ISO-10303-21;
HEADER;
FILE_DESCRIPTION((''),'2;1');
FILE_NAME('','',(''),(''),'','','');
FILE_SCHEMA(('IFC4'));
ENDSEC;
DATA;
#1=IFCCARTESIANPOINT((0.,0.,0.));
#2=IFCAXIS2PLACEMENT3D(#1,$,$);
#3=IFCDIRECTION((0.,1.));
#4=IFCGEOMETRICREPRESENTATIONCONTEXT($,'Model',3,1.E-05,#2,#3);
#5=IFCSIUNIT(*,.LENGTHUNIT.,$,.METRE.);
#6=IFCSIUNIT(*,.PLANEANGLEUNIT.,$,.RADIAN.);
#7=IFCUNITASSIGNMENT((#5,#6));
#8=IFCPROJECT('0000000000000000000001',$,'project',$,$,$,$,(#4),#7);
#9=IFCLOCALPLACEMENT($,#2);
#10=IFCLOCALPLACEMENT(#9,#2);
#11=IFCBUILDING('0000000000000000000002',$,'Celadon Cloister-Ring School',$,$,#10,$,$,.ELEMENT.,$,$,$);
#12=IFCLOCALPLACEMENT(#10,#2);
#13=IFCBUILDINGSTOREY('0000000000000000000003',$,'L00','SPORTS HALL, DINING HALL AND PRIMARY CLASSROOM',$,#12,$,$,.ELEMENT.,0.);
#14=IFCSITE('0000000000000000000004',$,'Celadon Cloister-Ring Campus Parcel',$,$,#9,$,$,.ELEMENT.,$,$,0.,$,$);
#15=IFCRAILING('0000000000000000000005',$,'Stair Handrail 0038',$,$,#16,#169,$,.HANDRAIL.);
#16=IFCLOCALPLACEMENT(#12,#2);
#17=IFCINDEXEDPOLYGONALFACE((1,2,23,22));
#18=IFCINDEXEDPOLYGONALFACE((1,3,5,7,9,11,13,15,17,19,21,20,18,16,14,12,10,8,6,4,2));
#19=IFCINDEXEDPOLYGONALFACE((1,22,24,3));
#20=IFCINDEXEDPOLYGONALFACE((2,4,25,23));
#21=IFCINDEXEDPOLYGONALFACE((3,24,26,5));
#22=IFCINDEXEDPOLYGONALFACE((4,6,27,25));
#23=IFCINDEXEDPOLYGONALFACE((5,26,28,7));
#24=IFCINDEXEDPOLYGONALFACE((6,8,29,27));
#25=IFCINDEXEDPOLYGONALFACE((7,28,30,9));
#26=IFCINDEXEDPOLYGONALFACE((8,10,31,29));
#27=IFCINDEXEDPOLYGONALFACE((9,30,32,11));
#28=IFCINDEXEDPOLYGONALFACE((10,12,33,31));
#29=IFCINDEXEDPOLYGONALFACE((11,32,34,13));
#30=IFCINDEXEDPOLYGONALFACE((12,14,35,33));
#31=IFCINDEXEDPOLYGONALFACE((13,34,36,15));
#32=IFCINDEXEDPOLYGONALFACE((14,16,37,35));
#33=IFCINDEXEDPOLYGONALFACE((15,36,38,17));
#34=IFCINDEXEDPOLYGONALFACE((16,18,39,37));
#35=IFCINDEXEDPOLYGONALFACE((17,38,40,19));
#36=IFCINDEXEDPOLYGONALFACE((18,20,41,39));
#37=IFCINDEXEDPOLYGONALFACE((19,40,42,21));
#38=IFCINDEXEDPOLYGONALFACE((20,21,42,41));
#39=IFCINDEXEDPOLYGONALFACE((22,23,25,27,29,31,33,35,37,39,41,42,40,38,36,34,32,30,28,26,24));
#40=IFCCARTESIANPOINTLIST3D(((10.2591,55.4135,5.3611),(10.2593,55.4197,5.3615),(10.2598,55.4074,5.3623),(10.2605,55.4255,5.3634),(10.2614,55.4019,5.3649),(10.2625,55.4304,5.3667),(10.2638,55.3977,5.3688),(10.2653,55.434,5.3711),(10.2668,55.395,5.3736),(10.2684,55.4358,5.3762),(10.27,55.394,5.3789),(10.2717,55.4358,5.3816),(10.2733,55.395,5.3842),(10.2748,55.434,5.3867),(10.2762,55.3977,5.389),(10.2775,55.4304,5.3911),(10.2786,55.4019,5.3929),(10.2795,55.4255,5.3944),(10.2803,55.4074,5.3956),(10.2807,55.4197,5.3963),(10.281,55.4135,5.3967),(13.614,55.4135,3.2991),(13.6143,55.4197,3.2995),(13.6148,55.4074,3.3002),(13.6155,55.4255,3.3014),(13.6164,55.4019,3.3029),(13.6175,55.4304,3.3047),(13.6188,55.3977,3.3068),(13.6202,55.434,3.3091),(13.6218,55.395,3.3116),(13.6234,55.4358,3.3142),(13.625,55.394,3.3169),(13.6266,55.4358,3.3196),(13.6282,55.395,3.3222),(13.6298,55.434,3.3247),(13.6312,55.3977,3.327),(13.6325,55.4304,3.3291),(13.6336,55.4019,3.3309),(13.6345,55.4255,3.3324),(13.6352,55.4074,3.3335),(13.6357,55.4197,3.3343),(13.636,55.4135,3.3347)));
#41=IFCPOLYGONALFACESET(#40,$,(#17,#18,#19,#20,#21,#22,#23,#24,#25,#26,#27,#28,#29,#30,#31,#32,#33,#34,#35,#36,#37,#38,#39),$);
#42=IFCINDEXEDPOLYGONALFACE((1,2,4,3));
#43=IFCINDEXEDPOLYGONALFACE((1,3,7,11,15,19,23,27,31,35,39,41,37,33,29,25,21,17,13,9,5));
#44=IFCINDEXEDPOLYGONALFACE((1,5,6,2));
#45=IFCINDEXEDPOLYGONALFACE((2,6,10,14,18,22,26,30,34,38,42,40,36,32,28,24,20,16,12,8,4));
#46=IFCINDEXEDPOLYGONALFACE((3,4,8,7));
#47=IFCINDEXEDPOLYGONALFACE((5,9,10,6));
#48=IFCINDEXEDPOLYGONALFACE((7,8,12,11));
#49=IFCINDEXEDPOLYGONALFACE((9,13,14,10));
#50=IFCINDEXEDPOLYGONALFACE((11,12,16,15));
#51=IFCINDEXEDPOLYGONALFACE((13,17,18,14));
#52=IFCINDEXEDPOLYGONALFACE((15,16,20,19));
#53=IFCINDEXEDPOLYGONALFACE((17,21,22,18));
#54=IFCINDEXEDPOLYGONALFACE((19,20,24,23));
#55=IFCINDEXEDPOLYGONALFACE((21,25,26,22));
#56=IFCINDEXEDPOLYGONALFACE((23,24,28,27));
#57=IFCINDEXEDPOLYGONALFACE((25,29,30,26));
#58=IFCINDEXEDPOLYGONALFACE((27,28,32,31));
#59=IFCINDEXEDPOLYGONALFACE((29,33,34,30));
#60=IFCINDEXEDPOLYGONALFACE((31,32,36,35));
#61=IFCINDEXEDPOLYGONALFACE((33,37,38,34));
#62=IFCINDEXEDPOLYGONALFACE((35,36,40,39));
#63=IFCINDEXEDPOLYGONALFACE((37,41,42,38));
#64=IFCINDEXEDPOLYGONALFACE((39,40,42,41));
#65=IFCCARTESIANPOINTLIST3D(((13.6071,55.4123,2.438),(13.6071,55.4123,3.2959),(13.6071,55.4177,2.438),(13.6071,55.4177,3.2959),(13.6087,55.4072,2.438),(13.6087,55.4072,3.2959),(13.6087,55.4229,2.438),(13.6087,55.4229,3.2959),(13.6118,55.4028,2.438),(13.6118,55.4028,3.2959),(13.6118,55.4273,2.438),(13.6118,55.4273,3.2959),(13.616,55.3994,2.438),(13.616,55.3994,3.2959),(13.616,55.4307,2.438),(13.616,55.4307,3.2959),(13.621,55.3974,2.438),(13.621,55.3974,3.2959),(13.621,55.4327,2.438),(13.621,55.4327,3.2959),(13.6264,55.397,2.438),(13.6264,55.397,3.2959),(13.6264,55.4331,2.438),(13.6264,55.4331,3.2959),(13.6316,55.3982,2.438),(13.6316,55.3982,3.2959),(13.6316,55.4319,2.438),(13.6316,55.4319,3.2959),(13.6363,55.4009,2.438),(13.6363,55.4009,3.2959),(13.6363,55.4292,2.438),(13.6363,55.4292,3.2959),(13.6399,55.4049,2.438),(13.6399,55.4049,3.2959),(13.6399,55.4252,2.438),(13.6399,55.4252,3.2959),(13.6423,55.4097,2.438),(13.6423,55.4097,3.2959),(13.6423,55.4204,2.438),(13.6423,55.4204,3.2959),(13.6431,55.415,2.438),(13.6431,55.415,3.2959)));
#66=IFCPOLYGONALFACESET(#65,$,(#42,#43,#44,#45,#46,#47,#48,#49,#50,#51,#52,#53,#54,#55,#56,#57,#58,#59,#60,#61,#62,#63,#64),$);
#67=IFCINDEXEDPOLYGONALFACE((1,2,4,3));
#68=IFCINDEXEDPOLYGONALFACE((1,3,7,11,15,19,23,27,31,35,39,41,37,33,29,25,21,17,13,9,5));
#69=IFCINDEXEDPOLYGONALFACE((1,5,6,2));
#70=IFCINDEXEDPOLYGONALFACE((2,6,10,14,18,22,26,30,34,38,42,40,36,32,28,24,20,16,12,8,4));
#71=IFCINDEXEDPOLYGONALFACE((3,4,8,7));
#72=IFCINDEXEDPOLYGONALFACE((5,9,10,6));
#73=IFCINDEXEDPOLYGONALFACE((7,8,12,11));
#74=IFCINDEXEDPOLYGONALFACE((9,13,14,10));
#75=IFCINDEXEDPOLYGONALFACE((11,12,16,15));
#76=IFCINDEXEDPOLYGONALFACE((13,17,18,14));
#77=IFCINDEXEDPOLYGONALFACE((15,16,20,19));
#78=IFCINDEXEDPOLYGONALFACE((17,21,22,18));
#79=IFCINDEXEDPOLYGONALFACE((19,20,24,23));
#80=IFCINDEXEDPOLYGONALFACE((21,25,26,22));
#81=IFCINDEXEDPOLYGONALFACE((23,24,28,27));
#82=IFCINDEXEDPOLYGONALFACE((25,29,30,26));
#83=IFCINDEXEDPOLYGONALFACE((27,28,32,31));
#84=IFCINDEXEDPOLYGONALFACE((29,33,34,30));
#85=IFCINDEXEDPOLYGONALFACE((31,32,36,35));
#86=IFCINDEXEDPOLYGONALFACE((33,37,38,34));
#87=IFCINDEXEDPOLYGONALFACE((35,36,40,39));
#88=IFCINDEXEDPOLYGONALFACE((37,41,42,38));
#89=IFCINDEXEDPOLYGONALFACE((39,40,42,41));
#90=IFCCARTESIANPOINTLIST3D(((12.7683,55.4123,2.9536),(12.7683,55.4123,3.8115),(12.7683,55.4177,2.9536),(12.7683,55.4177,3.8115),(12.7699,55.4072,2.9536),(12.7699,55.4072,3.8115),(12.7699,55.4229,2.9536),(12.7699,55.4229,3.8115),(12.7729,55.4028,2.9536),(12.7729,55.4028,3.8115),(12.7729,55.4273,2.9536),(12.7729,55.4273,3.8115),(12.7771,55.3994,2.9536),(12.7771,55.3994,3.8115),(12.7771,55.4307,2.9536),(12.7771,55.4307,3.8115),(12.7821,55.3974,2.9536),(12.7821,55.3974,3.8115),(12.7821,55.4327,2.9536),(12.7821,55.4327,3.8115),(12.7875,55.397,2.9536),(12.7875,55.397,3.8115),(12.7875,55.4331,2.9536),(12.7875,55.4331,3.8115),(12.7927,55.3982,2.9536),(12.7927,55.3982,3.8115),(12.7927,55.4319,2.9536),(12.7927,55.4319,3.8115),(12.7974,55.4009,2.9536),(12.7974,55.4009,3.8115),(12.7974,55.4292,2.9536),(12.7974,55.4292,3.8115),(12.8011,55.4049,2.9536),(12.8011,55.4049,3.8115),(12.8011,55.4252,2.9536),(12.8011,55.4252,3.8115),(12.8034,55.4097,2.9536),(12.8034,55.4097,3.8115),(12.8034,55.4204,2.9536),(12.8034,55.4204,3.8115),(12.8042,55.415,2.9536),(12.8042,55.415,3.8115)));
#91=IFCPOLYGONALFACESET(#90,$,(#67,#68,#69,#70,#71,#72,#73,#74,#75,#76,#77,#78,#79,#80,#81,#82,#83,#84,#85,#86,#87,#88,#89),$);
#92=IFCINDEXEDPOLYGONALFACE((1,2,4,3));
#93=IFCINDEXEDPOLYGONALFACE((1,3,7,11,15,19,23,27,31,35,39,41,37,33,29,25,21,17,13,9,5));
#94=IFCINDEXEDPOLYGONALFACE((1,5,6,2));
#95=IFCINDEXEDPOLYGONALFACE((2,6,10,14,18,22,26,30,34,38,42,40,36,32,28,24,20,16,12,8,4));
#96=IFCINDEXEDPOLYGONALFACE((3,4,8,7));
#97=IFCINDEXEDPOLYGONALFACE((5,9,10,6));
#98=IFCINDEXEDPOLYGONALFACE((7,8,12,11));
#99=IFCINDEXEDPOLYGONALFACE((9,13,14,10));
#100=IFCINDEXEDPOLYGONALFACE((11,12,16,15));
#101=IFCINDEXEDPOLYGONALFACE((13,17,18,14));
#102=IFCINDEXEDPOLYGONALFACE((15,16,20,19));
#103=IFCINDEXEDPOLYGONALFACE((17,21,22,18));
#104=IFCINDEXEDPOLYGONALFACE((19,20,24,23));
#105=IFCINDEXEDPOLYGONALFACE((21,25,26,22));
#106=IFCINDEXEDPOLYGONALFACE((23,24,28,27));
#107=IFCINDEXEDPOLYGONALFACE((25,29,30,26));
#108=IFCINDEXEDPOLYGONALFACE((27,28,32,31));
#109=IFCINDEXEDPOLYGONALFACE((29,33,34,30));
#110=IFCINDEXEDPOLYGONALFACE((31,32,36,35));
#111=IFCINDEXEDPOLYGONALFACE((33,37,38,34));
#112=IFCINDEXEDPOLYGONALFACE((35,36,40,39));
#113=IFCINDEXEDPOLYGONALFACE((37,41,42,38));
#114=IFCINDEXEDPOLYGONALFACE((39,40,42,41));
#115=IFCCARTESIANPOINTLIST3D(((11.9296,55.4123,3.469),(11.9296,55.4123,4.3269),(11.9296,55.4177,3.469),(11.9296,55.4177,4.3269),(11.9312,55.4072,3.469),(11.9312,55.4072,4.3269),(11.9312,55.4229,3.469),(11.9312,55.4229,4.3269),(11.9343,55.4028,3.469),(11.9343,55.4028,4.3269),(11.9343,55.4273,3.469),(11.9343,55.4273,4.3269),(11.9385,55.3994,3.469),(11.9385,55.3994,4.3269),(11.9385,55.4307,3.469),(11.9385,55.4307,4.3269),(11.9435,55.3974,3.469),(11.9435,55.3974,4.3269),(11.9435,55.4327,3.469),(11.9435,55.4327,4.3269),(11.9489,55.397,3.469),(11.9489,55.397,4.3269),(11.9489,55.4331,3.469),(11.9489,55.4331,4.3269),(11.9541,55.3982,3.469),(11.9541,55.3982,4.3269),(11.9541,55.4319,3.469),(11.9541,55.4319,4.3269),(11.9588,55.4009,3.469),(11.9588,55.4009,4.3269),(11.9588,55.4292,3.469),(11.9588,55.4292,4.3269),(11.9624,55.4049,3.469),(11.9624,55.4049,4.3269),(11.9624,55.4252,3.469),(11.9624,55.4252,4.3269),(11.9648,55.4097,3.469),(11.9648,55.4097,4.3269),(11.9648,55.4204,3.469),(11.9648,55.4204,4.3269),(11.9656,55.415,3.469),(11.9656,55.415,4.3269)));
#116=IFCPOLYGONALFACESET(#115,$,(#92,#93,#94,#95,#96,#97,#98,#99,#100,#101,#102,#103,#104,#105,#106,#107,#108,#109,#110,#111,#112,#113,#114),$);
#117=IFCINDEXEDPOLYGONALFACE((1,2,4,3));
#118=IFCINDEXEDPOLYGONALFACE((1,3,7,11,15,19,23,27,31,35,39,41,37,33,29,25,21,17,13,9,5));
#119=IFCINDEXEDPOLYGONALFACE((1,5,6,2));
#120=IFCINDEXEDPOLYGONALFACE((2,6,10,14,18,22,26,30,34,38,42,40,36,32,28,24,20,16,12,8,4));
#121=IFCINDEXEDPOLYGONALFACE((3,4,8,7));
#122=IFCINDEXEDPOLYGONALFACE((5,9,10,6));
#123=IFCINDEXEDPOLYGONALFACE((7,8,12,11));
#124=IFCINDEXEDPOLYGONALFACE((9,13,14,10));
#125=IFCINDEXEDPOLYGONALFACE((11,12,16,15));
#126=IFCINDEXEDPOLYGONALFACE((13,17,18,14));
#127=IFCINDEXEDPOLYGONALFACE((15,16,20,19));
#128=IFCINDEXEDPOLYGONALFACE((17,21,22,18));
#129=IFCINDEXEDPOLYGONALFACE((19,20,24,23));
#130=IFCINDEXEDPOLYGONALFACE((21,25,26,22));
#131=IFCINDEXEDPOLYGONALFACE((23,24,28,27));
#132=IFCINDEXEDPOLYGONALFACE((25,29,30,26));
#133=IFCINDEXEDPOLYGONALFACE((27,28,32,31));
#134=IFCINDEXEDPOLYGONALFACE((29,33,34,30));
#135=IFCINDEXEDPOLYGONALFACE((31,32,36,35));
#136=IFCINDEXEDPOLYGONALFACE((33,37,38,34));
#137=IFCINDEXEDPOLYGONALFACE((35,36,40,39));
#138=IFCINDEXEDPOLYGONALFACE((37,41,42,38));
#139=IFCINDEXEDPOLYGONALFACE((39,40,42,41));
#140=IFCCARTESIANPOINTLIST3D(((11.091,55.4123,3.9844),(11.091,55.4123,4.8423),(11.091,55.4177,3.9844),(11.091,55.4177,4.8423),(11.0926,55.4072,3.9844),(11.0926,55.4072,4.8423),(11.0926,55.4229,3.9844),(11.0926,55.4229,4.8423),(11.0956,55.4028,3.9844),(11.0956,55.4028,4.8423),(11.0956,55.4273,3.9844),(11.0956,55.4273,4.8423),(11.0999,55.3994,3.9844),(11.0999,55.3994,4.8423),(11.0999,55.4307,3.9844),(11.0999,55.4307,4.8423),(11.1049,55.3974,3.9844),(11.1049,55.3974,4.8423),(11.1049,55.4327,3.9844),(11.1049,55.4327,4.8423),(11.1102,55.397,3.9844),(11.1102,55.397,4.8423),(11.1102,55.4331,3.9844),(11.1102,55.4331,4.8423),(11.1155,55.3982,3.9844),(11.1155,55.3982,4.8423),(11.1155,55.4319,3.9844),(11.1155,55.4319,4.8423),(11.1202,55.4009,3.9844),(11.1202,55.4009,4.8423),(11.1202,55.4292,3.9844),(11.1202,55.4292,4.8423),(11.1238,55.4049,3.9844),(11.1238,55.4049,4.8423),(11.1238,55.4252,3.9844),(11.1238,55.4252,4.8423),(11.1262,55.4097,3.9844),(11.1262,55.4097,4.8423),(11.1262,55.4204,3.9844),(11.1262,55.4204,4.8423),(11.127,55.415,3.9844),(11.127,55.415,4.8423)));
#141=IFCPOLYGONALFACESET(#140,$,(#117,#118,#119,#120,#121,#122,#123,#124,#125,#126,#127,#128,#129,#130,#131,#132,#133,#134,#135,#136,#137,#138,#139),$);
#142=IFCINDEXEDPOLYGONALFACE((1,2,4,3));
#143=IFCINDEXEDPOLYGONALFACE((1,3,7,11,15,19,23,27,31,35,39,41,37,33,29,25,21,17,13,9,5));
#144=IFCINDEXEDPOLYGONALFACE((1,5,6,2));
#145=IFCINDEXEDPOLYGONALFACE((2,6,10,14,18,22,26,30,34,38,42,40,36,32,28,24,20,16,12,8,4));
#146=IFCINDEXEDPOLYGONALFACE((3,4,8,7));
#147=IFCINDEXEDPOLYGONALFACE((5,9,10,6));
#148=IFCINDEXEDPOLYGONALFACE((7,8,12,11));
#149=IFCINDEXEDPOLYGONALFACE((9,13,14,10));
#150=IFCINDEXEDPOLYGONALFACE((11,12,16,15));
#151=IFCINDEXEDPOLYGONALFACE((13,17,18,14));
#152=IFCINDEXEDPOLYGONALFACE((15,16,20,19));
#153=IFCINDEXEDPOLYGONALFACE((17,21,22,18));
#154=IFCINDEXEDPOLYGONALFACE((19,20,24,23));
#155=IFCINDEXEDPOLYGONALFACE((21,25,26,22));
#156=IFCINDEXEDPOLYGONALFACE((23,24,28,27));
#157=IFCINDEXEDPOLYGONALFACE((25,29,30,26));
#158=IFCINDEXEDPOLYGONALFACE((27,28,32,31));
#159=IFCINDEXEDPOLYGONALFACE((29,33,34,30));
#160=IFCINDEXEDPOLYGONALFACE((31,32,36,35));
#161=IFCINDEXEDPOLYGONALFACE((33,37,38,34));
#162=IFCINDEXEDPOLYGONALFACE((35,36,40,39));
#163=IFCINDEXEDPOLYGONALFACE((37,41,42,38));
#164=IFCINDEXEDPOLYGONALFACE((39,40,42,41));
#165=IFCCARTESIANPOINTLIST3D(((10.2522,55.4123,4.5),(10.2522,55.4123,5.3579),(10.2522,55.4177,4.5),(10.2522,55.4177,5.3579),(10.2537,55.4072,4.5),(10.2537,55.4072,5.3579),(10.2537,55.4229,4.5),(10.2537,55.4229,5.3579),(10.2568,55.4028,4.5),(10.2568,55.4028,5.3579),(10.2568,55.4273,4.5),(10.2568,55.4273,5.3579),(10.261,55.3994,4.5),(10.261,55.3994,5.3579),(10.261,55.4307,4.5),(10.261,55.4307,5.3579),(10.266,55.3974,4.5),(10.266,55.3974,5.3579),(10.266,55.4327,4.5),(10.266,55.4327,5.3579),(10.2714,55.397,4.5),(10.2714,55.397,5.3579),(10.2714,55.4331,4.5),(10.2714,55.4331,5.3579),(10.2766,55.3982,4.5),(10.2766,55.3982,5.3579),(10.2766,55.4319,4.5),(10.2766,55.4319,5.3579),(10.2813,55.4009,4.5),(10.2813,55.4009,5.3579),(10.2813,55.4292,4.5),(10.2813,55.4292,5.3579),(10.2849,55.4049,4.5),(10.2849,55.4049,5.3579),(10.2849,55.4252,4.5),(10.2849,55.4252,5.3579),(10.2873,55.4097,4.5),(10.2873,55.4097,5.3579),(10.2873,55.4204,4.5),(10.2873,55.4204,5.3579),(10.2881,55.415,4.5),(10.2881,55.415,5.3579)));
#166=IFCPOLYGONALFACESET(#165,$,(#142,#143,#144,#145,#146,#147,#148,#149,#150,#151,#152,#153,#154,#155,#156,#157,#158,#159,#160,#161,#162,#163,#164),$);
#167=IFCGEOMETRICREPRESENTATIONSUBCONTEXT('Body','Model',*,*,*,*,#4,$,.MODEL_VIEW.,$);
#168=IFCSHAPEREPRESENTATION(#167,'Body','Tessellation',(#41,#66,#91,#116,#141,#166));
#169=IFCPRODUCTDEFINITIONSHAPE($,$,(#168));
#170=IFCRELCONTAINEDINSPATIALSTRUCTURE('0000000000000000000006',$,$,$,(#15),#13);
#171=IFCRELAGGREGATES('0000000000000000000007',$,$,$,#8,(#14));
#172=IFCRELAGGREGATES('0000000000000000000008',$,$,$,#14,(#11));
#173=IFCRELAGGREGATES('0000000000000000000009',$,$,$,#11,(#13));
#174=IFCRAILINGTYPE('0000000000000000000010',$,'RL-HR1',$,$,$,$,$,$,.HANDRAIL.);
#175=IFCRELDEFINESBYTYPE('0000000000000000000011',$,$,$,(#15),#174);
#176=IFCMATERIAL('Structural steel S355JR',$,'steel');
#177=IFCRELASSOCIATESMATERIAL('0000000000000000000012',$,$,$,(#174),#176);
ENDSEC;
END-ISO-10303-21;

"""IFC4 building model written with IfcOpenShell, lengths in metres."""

from ifc_helpers import new_model, si_unit, direction, frame, origin, origin_2d, place, context, subcontext, project, spatial, circle, extrude, material, type_object, element, save


model = new_model("IFC4")

# Units and contexts
model_context = context("Model", 3, precision=1e-05, world=origin(), true_north=direction((0.0, 1.0)))
body_context = subcontext(model_context, "Body", "Model", "MODEL_VIEW")
ifc_project = project(units=[si_unit("LENGTHUNIT", "METRE"), si_unit("PLANEANGLEUNIT", "RADIAN")], contexts=[model_context])

# Site, building, storey
site_placement = place(None, origin())
site = spatial("IfcSite", under=ifc_project, at=site_placement, Name="Celadon Cloister-Ring Campus Parcel", CompositionType="ELEMENT", RefElevation=0.0)
building_placement = place(site_placement, origin())
building = spatial("IfcBuilding", under=site, at=building_placement, Name="Celadon Cloister-Ring School", CompositionType="ELEMENT")
storey_placement = place(building_placement, origin())
storey = spatial("IfcBuildingStorey", under=building, at=storey_placement, Name="L00", Description="SPORTS HALL, DINING HALL AND PRIMARY CLASSROOM", CompositionType="ELEMENT", Elevation=0.0)

# Railing
ifc_material_1 = material(Name="Structural steel S355JR", Category="steel")
railing_type_1 = type_object("IfcRailingType", Name="RL-HR1", PredefinedType="HANDRAIL", material=ifc_material_1)
for number, where, name in (
    (1, (13.625, 55.415, 2.438), "Stair Handrail 0038"),
):
    element("IfcRailing", number, at=place(storey_placement, frame(where)), inside=storey, type_object=railing_type_1, Name=name, PredefinedType="HANDRAIL", context=body_context, shape_type="SweptSolid", body=[
        extrude(circle(Radius=0.021, at=origin_2d()), frame((0.0, 0.0, 0.8789), z_axis=(-0.851952, 0.0, 0.52362), x_axis=(0.0, -1.0, 0.0)), (0.0, 0.0, 1.0), 3.938),
        extrude(circle(Radius=0.0181, at=origin_2d()), origin(), (0.0, 0.0, 1.0), 0.8579),
        extrude(circle(Radius=0.0181, at=origin_2d()), frame((-0.8389, 0.0, 0.5156)), (0.0, 0.0, 1.0), 0.8579),
        extrude(circle(Radius=0.0181, at=origin_2d()), frame((-1.6775, 0.0, 1.031)), (0.0, 0.0, 1.0), 0.8579),
        extrude(circle(Radius=0.0181, at=origin_2d()), frame((-2.5161, 0.0, 1.5464)), (0.0, 0.0, 1.0), 0.8579),
        extrude(circle(Radius=0.0181, at=origin_2d()), frame((-3.355, 0.0, 2.062)), (0.0, 0.0, 1.0), 0.8579),
    ])

save(model, "model.ifc")
